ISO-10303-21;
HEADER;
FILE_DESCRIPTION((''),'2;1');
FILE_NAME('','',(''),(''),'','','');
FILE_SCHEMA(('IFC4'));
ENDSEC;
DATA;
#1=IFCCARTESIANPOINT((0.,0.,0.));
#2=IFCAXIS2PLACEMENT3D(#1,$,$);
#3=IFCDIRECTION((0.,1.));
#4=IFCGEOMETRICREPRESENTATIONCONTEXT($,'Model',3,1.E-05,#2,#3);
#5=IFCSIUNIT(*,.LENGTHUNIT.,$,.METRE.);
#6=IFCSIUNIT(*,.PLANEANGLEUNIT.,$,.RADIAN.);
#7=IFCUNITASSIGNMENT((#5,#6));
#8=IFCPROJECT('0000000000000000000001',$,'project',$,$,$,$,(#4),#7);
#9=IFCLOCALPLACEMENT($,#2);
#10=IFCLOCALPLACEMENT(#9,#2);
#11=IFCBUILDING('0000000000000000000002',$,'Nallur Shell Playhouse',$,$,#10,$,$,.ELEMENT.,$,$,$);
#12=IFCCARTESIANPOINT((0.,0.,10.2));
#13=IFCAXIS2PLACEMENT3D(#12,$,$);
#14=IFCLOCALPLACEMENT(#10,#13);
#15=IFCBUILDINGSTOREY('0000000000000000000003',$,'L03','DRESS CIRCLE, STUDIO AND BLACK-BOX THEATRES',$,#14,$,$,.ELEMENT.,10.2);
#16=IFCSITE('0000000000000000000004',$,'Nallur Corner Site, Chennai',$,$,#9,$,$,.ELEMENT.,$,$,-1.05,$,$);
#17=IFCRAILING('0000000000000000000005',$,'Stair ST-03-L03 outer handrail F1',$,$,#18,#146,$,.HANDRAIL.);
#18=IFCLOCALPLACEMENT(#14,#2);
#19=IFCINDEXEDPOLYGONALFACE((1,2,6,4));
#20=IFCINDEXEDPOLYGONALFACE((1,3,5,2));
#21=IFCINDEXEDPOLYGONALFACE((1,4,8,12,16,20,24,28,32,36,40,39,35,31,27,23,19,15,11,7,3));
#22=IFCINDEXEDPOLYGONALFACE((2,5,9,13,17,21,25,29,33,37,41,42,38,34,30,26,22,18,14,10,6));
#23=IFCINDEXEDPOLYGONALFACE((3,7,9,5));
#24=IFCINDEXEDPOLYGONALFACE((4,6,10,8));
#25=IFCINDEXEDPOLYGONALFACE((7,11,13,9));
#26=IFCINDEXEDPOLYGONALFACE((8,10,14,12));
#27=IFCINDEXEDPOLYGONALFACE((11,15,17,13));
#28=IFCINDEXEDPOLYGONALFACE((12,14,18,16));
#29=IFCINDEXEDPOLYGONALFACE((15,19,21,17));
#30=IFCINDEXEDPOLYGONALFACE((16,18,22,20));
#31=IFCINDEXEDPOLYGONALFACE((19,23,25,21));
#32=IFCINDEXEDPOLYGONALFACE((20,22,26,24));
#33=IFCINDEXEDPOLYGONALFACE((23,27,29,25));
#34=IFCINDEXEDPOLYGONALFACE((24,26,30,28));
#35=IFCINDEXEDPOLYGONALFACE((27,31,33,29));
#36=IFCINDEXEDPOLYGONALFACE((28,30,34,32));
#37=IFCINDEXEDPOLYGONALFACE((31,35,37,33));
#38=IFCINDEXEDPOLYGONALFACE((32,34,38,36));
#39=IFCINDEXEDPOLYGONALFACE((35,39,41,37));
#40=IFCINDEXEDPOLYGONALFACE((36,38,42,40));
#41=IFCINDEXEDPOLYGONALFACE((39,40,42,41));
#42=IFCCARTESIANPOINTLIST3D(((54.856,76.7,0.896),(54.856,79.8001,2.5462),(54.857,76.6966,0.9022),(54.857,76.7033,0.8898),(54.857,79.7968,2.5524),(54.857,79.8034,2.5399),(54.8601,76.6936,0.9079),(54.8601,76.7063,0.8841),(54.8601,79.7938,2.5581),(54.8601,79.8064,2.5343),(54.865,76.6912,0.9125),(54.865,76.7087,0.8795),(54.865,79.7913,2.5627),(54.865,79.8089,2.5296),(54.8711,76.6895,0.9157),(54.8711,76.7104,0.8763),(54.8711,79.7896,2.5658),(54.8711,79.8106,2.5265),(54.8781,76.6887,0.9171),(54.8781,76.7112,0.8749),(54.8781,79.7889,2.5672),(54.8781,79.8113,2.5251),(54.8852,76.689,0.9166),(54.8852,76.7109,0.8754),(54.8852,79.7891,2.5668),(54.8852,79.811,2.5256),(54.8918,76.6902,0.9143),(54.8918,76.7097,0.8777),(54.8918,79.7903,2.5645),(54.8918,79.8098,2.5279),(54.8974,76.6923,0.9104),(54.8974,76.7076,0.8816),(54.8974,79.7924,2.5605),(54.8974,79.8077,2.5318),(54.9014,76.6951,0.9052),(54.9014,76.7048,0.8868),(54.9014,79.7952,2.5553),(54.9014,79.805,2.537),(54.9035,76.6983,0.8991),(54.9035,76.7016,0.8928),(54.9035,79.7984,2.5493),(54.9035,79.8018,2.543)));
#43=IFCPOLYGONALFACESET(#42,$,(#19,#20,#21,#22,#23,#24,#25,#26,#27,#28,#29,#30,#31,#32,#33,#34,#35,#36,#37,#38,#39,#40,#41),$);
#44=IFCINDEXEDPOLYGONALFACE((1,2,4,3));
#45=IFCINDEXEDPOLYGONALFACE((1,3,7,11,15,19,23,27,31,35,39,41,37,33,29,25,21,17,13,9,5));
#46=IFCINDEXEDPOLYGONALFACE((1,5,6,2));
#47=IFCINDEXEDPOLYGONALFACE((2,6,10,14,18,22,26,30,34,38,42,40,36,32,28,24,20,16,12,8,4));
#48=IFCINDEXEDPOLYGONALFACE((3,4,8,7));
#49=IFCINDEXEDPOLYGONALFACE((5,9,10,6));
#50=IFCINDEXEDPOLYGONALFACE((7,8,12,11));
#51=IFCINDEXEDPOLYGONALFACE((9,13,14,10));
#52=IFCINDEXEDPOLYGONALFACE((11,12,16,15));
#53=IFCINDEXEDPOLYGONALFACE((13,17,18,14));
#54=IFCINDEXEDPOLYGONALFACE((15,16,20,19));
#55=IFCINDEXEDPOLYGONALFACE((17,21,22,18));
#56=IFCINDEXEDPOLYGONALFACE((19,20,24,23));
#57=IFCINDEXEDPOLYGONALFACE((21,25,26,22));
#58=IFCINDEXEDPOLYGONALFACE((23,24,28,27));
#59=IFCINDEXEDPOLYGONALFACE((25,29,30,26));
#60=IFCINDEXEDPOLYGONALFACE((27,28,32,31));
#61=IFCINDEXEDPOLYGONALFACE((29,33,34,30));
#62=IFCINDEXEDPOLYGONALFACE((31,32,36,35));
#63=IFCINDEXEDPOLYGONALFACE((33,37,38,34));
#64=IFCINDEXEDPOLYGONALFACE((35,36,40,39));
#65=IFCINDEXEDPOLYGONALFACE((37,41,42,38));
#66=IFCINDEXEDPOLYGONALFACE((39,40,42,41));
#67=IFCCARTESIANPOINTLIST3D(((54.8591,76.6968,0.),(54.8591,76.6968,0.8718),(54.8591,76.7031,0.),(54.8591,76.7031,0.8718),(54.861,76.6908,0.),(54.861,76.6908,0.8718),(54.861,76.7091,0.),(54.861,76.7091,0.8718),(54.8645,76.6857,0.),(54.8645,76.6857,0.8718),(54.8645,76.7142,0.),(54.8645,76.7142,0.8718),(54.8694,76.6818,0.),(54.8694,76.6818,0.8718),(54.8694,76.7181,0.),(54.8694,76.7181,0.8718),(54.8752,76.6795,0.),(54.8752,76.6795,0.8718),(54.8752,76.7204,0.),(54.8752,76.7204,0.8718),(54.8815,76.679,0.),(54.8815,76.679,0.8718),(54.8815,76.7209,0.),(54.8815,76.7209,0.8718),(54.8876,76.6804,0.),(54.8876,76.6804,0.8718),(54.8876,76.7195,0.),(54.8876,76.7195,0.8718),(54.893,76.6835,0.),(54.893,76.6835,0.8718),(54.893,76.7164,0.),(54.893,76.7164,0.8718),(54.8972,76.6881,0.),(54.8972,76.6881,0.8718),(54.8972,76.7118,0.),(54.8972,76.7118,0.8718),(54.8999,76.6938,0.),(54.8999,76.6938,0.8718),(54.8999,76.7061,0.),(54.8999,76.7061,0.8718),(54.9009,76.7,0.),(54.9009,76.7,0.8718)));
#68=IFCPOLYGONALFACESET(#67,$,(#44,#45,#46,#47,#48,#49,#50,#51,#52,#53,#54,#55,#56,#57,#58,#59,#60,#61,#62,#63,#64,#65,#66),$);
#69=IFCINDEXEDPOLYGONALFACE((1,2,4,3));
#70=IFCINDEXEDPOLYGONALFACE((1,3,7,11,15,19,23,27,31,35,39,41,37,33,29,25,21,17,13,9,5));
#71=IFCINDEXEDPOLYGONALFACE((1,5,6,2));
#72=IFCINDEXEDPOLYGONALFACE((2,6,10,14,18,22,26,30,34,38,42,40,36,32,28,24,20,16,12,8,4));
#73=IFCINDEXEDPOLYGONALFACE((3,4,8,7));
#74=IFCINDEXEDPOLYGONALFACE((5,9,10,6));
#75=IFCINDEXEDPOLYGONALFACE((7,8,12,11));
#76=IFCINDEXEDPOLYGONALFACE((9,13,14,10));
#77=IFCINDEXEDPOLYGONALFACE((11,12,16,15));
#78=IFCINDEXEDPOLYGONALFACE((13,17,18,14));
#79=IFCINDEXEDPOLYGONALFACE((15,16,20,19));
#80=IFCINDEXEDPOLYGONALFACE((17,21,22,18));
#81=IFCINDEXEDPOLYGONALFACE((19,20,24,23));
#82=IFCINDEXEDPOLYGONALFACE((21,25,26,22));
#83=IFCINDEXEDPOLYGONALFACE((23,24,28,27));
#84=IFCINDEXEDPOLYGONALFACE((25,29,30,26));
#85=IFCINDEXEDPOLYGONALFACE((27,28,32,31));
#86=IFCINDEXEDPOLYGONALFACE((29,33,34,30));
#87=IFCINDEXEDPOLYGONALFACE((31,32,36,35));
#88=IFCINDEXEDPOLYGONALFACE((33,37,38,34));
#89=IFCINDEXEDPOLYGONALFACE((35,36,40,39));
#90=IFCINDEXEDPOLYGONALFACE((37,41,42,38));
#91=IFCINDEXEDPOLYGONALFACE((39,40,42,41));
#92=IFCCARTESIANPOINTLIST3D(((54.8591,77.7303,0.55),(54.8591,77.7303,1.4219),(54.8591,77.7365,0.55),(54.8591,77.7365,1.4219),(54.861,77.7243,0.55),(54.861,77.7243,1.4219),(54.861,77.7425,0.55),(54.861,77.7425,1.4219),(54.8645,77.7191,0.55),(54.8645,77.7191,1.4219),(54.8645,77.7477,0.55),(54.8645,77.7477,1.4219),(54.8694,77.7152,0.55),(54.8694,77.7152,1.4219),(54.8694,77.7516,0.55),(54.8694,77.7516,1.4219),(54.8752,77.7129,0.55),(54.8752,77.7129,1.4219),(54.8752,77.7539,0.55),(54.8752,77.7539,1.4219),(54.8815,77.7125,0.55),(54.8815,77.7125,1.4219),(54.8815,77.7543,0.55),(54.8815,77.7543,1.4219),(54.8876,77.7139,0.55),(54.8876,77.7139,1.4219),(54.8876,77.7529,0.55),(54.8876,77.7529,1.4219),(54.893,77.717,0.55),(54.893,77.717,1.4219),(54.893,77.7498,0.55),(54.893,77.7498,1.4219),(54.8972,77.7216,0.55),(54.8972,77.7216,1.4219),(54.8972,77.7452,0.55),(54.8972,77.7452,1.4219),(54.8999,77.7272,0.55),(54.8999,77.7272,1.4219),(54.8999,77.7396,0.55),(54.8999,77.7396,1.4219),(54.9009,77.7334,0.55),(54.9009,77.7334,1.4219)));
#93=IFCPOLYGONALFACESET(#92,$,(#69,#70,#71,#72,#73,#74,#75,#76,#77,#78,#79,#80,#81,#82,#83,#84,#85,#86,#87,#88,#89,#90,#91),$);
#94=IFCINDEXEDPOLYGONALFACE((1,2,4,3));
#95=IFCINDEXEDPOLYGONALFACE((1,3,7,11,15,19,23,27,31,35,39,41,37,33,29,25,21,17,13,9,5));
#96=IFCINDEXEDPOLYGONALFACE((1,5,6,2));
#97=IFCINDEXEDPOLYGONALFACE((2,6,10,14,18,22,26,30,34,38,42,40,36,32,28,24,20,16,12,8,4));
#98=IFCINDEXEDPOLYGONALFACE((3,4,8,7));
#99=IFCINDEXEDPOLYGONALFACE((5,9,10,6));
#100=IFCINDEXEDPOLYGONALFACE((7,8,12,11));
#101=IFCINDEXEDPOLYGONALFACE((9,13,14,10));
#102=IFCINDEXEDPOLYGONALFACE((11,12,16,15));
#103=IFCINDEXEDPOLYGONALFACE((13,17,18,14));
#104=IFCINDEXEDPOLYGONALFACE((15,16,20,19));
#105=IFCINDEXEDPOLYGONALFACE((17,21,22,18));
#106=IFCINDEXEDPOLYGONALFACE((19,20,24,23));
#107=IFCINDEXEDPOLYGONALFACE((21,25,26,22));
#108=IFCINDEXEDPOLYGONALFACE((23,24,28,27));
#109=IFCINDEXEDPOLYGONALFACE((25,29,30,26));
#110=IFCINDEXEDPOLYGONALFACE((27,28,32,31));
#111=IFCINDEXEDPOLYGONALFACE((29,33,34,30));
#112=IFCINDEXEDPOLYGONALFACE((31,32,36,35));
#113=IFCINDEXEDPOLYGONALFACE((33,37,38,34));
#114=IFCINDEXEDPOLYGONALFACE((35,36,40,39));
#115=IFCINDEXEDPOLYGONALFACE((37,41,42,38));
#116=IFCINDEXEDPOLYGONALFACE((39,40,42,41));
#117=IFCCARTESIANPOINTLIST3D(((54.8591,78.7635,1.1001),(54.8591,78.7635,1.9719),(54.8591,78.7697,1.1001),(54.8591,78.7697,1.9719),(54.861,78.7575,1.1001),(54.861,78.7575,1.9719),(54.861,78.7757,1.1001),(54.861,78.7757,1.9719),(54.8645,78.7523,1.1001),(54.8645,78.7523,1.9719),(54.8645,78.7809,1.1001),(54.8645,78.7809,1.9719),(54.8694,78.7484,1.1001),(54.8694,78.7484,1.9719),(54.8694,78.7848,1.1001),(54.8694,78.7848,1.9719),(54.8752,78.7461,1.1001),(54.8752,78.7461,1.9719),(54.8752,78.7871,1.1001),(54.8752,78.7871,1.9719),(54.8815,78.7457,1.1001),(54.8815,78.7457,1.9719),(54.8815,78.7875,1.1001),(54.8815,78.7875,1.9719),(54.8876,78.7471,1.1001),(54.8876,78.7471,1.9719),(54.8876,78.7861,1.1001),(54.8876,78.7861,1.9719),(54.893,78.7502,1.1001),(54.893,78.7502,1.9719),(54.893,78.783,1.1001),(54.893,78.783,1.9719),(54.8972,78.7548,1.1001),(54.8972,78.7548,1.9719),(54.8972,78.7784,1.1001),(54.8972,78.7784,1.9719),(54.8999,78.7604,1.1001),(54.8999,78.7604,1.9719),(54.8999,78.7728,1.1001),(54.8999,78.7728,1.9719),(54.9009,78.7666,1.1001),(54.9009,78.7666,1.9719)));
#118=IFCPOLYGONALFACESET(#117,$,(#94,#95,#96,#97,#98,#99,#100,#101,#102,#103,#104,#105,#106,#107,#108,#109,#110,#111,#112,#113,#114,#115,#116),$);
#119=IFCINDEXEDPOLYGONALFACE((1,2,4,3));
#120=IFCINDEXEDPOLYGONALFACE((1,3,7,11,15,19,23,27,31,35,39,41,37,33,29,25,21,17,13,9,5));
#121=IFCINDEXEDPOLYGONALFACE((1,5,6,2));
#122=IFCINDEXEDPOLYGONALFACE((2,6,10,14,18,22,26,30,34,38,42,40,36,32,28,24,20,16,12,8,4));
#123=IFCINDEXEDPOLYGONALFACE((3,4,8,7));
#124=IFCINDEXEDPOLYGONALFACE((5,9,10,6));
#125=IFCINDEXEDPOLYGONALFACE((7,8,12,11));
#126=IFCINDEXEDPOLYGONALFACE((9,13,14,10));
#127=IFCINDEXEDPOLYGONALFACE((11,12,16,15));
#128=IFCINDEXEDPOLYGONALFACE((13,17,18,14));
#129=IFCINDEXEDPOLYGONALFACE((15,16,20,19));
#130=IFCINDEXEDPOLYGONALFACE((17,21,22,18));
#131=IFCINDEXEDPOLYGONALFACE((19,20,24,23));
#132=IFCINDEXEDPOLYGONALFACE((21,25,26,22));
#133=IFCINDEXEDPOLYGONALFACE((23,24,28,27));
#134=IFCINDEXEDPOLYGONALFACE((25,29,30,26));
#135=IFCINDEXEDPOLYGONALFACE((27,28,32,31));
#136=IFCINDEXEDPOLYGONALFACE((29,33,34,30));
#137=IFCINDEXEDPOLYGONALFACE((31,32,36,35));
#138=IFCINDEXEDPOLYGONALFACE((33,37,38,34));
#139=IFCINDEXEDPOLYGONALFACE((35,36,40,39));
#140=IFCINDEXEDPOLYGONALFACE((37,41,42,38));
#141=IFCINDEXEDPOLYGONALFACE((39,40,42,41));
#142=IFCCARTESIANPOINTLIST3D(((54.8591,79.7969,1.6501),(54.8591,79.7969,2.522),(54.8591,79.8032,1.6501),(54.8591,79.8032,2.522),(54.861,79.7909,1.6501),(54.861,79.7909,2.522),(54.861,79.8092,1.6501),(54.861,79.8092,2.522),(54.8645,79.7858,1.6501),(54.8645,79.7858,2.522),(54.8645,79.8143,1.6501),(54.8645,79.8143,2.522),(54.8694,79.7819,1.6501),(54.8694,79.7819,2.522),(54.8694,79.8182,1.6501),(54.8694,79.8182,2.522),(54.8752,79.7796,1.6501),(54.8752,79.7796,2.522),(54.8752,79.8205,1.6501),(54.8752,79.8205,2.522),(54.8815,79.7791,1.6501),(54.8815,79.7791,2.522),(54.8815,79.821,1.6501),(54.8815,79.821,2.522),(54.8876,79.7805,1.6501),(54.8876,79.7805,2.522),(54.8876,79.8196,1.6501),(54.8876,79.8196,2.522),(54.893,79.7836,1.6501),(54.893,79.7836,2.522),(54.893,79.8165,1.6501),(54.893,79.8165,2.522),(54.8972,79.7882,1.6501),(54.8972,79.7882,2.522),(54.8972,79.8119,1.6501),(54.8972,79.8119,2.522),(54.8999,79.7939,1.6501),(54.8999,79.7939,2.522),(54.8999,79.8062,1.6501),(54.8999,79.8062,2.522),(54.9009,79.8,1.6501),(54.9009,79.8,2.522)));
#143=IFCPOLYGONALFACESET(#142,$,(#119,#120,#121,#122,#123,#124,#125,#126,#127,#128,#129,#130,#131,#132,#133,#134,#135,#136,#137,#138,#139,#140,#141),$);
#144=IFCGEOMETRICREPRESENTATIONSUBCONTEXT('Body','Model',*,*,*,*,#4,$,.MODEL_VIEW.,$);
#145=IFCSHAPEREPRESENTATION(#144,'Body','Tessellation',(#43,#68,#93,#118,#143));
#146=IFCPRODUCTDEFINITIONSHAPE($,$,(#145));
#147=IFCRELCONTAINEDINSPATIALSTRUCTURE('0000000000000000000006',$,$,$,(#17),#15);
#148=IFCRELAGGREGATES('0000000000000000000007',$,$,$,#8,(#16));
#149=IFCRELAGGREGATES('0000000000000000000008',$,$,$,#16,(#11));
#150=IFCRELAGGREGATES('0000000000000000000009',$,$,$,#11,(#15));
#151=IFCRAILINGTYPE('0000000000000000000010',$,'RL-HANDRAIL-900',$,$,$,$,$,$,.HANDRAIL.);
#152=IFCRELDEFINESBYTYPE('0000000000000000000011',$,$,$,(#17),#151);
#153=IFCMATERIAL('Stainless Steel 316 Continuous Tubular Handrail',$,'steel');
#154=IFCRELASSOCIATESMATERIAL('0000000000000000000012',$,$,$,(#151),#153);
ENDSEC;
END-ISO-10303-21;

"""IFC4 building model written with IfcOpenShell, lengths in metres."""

from ifc_helpers import new_model, si_unit, direction, frame, origin, origin_2d, place, context, subcontext, project, spatial, circle, extrude, material, type_object, element, save


model = new_model("IFC4")

# Units and contexts
model_context = context("Model", 3, precision=1e-05, world=origin(), true_north=direction((0.0, 1.0)))
body_context = subcontext(model_context, "Body", "Model", "MODEL_VIEW")
ifc_project = project(units=[si_unit("LENGTHUNIT", "METRE"), si_unit("PLANEANGLEUNIT", "RADIAN")], contexts=[model_context])

# Site, building, storey
site_placement = place(None, origin())
site = spatial("IfcSite", under=ifc_project, at=site_placement, Name="Nallur Corner Site, Chennai", CompositionType="ELEMENT", RefElevation=-1.05)
building_placement = place(site_placement, origin())
building = spatial("IfcBuilding", under=site, at=building_placement, Name="Nallur Shell Playhouse", CompositionType="ELEMENT")
storey_placement = place(building_placement, frame((0.0, 0.0, 10.2)))
storey = spatial("IfcBuildingStorey", under=building, at=storey_placement, Name="L03", Description="DRESS CIRCLE, STUDIO AND BLACK-BOX THEATRES", CompositionType="ELEMENT", Elevation=10.2)

# Railing
ifc_material_1 = material(Name="Stainless Steel 316 Continuous Tubular Handrail", Category="steel")
railing_type = type_object("IfcRailingType", Name="RL-HANDRAIL-900", PredefinedType="HANDRAIL", material=ifc_material_1)
railing_placement = place(storey_placement, frame((54.8799, 76.7, 0.0)))
element("IfcRailing", 1, at=railing_placement, inside=storey, type_object=railing_type, Name="Stair ST-03-L03 outer handrail F1", PredefinedType="HANDRAIL", context=body_context, shape_type="SweptSolid", body=[
    extrude(circle(Radius=0.0239, at=origin_2d()), frame((0.0, 0.0, 0.896), z_axis=(0.0, 0.882736, 0.46987), x_axis=(-1.0, 0.0, 0.0)), (0.0, 0.0, 1.0), 3.512),
    extrude(circle(Radius=0.021, at=origin_2d()), origin(), (0.0, 0.0, 1.0), 0.8718),
    extrude(circle(Radius=0.021, at=origin_2d()), frame((0.0, 1.0334, 0.55)), (0.0, 0.0, 1.0), 0.8718),
    extrude(circle(Radius=0.021, at=origin_2d()), frame((0.0, 2.0667, 1.1001)), (0.0, 0.0, 1.0), 0.8718),
    extrude(circle(Radius=0.021, at=origin_2d()), frame((0.0, 3.1001, 1.6501)), (0.0, 0.0, 1.0), 0.8718),
])

save(model, "model.ifc")
